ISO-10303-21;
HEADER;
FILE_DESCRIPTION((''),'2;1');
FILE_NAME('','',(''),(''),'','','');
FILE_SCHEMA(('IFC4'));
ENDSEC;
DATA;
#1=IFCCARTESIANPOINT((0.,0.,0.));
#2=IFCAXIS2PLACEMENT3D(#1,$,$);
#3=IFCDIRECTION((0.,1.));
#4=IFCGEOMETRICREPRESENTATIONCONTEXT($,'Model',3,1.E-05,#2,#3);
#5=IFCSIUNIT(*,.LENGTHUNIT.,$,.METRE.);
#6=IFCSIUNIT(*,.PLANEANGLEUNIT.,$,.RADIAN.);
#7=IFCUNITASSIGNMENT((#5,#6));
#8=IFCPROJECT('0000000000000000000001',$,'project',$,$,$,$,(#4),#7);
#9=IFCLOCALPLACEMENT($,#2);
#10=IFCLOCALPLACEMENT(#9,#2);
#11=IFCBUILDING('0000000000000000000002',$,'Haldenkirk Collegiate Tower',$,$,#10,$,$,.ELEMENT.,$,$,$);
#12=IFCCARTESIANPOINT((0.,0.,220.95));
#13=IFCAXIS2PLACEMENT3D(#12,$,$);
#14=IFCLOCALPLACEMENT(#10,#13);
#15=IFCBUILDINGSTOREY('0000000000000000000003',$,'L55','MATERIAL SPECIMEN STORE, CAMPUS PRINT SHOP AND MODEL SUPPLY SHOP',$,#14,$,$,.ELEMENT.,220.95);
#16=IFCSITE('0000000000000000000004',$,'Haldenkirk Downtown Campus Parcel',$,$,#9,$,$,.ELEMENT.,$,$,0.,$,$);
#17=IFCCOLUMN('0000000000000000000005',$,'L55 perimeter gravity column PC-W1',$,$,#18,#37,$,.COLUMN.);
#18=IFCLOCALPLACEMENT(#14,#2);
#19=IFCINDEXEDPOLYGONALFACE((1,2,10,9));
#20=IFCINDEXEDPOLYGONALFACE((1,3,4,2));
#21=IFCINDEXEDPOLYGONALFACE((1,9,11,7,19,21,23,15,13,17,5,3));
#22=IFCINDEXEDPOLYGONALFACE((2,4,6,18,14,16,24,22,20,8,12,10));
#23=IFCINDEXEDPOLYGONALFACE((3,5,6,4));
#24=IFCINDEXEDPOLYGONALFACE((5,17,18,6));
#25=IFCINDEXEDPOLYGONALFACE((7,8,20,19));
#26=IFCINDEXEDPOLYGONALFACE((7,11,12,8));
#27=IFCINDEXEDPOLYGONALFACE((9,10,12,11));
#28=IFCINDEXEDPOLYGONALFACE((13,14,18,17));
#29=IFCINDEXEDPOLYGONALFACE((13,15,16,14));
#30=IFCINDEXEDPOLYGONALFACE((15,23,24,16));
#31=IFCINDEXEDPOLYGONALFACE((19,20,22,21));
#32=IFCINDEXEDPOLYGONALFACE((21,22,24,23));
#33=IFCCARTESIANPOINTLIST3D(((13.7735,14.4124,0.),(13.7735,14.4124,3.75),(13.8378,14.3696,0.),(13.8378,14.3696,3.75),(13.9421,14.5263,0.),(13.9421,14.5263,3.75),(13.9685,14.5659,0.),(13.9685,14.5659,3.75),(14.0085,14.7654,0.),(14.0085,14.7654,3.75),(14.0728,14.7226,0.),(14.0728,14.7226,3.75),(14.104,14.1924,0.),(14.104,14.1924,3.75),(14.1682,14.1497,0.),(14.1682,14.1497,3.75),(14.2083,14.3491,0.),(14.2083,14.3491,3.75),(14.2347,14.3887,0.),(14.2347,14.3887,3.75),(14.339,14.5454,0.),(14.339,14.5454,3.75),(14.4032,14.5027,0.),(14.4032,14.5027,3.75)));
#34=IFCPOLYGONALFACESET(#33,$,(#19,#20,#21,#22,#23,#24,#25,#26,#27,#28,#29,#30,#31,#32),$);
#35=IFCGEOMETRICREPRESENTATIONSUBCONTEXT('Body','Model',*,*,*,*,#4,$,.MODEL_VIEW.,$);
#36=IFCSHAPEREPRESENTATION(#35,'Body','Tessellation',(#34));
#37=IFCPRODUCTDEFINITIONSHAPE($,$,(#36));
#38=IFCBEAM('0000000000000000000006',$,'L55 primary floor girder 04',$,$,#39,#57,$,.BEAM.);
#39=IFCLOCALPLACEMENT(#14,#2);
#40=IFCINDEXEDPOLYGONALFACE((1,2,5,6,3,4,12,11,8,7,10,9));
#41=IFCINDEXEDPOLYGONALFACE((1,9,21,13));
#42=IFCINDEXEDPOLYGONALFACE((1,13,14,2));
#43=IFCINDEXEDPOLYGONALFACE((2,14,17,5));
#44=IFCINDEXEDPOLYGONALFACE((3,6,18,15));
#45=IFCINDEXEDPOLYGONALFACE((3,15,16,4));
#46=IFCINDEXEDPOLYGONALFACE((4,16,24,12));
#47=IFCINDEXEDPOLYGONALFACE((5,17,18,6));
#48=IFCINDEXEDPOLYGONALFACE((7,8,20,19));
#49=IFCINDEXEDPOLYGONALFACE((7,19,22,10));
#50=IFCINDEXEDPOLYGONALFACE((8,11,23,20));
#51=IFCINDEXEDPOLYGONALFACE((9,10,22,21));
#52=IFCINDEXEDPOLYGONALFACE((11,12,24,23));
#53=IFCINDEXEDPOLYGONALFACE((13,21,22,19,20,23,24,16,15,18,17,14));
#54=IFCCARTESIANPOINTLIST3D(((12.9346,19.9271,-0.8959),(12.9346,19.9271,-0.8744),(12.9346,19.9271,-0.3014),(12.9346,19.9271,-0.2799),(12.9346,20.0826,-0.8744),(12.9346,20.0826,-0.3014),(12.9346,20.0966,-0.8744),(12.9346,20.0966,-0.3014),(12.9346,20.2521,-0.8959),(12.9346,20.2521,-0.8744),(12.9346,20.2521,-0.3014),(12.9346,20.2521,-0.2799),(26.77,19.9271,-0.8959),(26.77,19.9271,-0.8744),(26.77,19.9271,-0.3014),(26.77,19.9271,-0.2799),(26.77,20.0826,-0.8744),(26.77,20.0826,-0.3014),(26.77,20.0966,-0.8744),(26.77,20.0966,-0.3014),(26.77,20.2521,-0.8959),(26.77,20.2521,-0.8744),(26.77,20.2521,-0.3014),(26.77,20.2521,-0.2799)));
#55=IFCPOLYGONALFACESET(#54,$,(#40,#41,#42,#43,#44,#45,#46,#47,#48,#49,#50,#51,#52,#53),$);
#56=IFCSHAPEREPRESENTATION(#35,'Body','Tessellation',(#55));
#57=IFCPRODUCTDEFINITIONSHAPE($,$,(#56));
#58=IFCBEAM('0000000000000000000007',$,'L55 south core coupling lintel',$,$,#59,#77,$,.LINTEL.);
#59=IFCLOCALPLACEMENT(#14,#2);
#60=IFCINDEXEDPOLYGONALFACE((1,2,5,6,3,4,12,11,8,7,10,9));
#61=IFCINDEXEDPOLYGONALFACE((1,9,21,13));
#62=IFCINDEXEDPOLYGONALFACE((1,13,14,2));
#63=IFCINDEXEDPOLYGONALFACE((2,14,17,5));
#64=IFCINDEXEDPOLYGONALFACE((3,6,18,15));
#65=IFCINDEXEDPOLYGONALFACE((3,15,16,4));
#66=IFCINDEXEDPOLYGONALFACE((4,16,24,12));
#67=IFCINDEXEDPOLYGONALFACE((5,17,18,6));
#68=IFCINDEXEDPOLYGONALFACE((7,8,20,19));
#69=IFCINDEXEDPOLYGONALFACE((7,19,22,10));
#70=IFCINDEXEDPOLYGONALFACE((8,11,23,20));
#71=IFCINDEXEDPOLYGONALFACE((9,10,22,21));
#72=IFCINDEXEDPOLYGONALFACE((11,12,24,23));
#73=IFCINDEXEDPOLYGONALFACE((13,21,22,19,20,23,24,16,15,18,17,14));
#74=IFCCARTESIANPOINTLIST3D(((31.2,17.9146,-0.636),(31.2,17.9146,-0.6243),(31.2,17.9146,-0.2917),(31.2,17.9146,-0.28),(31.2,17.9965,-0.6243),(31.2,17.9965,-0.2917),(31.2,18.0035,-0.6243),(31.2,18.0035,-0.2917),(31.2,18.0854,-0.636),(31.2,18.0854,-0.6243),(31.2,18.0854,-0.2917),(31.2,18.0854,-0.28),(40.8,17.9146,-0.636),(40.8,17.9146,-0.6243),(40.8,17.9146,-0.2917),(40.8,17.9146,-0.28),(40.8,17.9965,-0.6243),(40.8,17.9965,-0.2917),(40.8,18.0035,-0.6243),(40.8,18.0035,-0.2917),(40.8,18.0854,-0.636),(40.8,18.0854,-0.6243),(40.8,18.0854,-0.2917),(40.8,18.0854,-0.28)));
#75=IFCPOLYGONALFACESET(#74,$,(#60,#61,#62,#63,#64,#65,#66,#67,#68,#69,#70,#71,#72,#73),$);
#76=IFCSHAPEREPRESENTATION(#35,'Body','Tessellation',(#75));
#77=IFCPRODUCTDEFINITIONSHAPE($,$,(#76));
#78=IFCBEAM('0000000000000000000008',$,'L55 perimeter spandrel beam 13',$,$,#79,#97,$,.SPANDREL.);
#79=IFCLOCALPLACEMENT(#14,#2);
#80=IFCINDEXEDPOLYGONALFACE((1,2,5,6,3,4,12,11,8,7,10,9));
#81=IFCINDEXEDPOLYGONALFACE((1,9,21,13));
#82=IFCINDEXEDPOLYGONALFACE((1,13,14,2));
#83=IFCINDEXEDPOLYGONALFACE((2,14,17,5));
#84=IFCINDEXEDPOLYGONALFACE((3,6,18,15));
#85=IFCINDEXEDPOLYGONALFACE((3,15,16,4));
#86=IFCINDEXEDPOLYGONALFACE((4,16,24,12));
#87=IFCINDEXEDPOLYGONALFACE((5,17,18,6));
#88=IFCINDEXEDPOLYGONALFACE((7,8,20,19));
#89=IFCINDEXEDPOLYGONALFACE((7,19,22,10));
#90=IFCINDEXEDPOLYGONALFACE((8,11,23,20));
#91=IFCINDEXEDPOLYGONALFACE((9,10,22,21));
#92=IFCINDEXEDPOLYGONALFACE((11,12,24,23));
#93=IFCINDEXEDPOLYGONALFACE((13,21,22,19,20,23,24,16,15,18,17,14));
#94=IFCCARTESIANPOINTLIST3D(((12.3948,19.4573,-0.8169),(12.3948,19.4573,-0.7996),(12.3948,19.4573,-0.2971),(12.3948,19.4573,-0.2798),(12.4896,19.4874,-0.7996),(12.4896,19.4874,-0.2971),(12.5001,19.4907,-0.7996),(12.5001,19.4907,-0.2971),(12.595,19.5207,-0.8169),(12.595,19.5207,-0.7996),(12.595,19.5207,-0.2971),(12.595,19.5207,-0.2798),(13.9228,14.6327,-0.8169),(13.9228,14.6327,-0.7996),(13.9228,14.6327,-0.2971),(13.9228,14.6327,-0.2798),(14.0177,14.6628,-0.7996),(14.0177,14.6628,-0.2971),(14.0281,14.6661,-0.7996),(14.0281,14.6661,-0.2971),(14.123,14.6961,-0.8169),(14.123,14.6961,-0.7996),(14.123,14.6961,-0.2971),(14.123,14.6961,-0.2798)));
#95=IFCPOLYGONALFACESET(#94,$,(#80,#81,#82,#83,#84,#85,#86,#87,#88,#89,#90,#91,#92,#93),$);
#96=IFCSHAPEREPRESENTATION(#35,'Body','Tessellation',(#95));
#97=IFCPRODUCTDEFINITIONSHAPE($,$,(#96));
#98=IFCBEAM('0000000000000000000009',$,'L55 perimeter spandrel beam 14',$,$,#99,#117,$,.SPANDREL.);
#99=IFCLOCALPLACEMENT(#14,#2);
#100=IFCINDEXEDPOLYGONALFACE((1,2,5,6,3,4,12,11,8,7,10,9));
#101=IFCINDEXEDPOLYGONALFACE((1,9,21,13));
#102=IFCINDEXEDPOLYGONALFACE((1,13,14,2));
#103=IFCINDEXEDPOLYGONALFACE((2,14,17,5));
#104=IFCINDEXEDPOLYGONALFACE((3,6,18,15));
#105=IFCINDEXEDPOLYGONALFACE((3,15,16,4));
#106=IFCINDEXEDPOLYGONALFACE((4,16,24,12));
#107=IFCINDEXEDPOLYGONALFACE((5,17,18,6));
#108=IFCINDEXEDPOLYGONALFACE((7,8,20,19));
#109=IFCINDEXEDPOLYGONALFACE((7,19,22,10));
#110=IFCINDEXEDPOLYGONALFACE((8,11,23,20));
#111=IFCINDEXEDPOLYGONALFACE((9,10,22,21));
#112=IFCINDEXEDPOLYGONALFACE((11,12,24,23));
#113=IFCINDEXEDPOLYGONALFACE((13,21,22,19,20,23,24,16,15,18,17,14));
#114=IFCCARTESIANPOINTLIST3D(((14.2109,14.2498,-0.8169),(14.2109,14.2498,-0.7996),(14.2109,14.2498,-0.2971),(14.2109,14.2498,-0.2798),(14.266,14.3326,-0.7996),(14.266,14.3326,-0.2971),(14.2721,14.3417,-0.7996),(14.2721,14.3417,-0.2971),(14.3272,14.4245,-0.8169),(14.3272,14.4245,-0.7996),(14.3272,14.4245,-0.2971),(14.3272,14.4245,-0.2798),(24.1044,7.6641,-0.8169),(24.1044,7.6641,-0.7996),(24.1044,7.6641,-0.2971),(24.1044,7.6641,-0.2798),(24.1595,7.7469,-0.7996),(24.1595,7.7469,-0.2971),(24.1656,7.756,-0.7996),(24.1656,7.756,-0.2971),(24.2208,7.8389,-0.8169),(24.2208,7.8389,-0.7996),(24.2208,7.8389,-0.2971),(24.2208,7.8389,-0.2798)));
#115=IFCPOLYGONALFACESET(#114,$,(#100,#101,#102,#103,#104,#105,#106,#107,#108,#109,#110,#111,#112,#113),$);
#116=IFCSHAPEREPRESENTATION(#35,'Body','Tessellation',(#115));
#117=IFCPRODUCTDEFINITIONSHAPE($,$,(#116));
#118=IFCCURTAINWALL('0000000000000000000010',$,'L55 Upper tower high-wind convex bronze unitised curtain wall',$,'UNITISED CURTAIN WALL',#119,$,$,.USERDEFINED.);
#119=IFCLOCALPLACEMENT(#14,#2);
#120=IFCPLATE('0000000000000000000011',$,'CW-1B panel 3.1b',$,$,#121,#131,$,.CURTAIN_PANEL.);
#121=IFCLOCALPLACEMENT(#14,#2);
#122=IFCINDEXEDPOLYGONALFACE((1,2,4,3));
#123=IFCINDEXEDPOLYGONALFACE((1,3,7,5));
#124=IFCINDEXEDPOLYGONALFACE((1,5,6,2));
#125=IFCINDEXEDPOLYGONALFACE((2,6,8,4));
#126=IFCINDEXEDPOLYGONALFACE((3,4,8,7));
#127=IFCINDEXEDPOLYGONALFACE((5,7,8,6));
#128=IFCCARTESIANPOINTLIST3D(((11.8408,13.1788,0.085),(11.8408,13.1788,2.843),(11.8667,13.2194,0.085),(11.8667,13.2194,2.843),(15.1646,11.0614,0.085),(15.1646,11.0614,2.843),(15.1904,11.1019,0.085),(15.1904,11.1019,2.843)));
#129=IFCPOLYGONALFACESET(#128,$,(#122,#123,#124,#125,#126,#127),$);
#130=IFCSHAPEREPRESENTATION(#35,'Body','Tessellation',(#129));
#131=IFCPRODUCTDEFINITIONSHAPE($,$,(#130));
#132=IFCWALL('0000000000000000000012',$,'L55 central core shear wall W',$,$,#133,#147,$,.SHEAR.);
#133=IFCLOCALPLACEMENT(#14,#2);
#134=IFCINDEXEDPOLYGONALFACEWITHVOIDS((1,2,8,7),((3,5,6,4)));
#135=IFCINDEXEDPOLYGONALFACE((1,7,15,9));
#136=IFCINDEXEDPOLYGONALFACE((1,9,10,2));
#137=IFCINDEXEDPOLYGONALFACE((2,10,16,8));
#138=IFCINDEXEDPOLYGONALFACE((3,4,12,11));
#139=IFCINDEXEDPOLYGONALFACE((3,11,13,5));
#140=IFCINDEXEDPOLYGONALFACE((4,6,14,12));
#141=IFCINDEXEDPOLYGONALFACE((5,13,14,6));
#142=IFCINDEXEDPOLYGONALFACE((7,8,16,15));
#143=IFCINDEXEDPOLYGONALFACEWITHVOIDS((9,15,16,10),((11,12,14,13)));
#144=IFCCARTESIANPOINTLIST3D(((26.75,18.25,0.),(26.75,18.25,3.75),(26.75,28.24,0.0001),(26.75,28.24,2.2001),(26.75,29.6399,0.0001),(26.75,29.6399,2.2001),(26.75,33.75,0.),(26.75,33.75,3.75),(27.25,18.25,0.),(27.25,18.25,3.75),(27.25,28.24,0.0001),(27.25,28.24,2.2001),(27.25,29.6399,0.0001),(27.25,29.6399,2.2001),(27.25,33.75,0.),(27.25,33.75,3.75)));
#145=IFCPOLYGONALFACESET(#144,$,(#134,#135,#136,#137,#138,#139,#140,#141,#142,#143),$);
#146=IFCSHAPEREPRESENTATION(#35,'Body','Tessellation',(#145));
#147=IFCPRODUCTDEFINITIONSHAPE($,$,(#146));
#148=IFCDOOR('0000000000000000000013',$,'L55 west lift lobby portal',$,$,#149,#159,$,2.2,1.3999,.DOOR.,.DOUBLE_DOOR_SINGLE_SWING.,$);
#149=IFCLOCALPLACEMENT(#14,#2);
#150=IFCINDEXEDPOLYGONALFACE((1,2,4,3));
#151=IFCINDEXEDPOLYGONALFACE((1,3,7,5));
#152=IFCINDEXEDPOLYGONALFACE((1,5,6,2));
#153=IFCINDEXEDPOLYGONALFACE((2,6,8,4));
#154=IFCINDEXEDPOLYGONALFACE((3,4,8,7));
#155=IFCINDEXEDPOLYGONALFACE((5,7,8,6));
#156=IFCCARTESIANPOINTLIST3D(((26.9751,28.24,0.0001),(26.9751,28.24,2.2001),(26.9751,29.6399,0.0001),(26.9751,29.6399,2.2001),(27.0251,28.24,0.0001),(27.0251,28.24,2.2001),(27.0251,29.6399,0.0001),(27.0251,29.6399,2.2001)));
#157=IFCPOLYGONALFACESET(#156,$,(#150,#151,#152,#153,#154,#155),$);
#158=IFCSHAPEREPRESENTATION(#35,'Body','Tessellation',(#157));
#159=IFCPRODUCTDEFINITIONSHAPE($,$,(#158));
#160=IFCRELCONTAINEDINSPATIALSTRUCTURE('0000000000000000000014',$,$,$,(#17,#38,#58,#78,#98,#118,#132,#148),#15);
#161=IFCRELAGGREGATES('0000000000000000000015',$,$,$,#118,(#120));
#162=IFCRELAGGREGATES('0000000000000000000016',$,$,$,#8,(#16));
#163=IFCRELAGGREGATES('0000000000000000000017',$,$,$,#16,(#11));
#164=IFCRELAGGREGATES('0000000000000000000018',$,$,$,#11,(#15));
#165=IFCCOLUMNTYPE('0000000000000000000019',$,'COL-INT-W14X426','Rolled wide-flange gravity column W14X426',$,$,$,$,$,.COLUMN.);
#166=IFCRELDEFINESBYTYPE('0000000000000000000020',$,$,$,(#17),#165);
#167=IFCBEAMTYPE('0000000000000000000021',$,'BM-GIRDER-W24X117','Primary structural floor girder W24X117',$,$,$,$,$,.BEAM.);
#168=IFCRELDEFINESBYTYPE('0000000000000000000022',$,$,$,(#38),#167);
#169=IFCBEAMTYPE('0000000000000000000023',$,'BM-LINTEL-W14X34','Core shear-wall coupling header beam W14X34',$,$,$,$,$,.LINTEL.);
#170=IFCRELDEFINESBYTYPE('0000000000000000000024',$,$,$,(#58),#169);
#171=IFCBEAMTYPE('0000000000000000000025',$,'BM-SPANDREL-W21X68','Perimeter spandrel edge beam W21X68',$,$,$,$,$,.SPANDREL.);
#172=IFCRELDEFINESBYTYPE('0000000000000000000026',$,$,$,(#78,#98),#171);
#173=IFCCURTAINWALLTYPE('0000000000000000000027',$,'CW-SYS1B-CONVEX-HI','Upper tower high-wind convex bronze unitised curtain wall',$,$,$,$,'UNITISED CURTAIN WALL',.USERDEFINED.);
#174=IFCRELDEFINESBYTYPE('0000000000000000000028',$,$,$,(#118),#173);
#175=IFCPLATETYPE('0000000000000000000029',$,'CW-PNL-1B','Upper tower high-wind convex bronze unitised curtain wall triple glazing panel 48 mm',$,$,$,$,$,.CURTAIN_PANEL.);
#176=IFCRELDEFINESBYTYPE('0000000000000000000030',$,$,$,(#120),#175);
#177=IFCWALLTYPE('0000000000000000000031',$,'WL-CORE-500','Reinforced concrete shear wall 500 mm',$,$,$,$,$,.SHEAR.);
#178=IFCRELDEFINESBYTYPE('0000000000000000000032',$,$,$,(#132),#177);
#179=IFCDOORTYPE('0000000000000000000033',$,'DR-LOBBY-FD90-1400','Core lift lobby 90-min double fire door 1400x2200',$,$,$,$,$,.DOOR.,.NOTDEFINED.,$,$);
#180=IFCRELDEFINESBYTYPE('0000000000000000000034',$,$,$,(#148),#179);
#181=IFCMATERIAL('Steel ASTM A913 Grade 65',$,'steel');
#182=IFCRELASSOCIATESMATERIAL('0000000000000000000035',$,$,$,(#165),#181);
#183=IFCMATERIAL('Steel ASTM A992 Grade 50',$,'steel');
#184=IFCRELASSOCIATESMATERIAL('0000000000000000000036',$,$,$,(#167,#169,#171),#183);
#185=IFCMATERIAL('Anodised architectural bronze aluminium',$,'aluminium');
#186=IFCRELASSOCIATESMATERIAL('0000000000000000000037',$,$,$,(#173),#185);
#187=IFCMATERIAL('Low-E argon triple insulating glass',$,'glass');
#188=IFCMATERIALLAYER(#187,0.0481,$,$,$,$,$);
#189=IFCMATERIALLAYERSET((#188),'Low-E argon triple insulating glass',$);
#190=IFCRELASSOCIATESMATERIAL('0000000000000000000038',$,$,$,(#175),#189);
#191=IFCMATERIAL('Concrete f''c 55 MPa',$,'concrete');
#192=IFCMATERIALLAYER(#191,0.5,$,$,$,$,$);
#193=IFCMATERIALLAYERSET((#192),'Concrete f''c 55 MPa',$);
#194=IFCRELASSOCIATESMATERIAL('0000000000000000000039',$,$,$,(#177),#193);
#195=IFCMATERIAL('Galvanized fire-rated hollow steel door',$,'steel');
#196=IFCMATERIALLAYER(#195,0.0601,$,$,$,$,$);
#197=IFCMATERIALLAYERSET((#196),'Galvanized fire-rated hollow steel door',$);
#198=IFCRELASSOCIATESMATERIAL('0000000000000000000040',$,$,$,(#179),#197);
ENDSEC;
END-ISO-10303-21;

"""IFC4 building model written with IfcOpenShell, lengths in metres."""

from ifc_helpers import new_model, si_unit, direction, frame, frame_2d, origin, origin_2d, place, context, subcontext, project, spatial, rectangle, i_section, extrude, source, transform, mapped, material, layer, layer_set, material_profile, profile_set, type_object, element, fill, aggregate, save


model = new_model("IFC4")

# Units and contexts
model_context = context("Model", 3, precision=1e-05, world=origin(), true_north=direction((0.0, 1.0)))
body_context = subcontext(model_context, "Body", "Model", "MODEL_VIEW")
ifc_project = project(units=[si_unit("LENGTHUNIT", "METRE"), si_unit("PLANEANGLEUNIT", "RADIAN")], contexts=[model_context])

# Site, building, storey
site_placement = place(None, origin())
site = spatial("IfcSite", under=ifc_project, at=site_placement, Name="Haldenkirk Downtown Campus Parcel", CompositionType="ELEMENT", RefElevation=0.0)
building_placement = place(site_placement, origin())
building = spatial("IfcBuilding", under=site, at=building_placement, Name="Haldenkirk Collegiate Tower", CompositionType="ELEMENT")
storey_placement = place(building_placement, frame((0.0, 0.0, 220.95)))
storey = spatial("IfcBuildingStorey", under=building, at=storey_placement, Name="L55", Description="MATERIAL SPECIMEN STORE, CAMPUS PRINT SHOP AND MODEL SUPPLY SHOP", CompositionType="ELEMENT", Elevation=220.95)

# Column
ifc_material_1 = material(Name="Steel ASTM A913 Grade 65", Category="steel")
ifc_material_profile_1 = material_profile(ifc_material_1, i_section(OverallWidth=0.4241, OverallDepth=0.4741, WebThickness=0.0476, FlangeThickness=0.0771, at=origin_2d()), Name="W14X426")
ifc_profile_set_1 = profile_set([ifc_material_profile_1], Name="Steel ASTM A913 Grade 65")
column_type = type_object("IfcColumnType", Name="COL-INT-W14X426", Description="Rolled wide-flange gravity column W14X426", PredefinedType="COLUMN", material=ifc_profile_set_1)
column_placement = place(storey_placement, frame((14.0884, 14.4575, 0.0), z_axis=(0.0, 0.0, 1.0), x_axis=(0.554118, 0.832438, 0.0)))
element("IfcColumn", 1, at=column_placement, inside=storey, type_object=column_type, Name="L55 perimeter gravity column PC-W1", PredefinedType="COLUMN", context=body_context, shape_type="SweptSolid", body=[
    extrude(i_section(OverallWidth=0.4241, OverallDepth=0.4741, WebThickness=0.0476, FlangeThickness=0.0771, at=origin_2d()), origin(), (0.0, 0.0, 1.0), 3.75),
])

# Beams
ifc_material_2 = material(Name="Steel ASTM A992 Grade 50", Category="steel")
ifc_material_profile_2 = material_profile(ifc_material_2, i_section(OverallWidth=0.325, OverallDepth=0.616, WebThickness=0.0139, FlangeThickness=0.0215, at=origin_2d()), Name="W24X117")
ifc_profile_set_2 = profile_set([ifc_material_profile_2], Name="Steel ASTM A992 Grade 50")
beam_type_1 = type_object("IfcBeamType", Name="BM-GIRDER-W24X117", Description="Primary structural floor girder W24X117", PredefinedType="BEAM", material=ifc_profile_set_2)
beam_1_placement = place(storey_placement, frame((12.9346, 20.0896, -0.5879), z_axis=(1.0, 0.0, 0.0), x_axis=(0.0, 1.0, 0.0)))
element("IfcBeam", 2, at=beam_1_placement, inside=storey, type_object=beam_type_1, Name="L55 primary floor girder 04", PredefinedType="BEAM", context=body_context, shape_type="SweptSolid", body=[
    extrude(i_section(OverallWidth=0.325, OverallDepth=0.616, WebThickness=0.0139, FlangeThickness=0.0215, at=origin_2d()), origin(), (0.0, 0.0, 1.0), 13.8354),
])
ifc_material_profile_3 = material_profile(ifc_material_2, i_section(OverallWidth=0.1709, OverallDepth=0.356, WebThickness=0.0071, FlangeThickness=0.0117, at=origin_2d()), Name="W14X34")
ifc_profile_set_3 = profile_set([ifc_material_profile_3], Name="Steel ASTM A992 Grade 50")
beam_type_2 = type_object("IfcBeamType", Name="BM-LINTEL-W14X34", Description="Core shear-wall coupling header beam W14X34", PredefinedType="LINTEL", material=ifc_profile_set_3)
beam_2_placement = place(storey_placement, frame((31.2, 18.0, -0.458), z_axis=(1.0, 0.0, 0.0), x_axis=(0.0, 1.0, 0.0)))
element("IfcBeam", 3, at=beam_2_placement, inside=storey, type_object=beam_type_2, Name="L55 south core coupling lintel", PredefinedType="LINTEL", context=body_context, shape_type="SweptSolid", body=[
    extrude(i_section(OverallWidth=0.1709, OverallDepth=0.356, WebThickness=0.0071, FlangeThickness=0.0117, at=origin_2d()), origin(), (0.0, 0.0, 1.0), 9.6001),
])
ifc_material_profile_4 = material_profile(ifc_material_2, i_section(OverallWidth=0.21, OverallDepth=0.5371, WebThickness=0.011, FlangeThickness=0.0173, at=origin_2d()), Name="W21X68")
ifc_profile_set_4 = profile_set([ifc_material_profile_4], Name="Steel ASTM A992 Grade 50")
beam_type_3 = type_object("IfcBeamType", Name="BM-SPANDREL-W21X68", Description="Perimeter spandrel edge beam W21X68", PredefinedType="SPANDREL", material=ifc_profile_set_4)
beam_3_placement = place(storey_placement, frame((12.4949, 19.489, -0.5483), z_axis=(0.301937, -0.953328, 0.0), x_axis=(0.953328, 0.301937, 0.0)))
element("IfcBeam", 4, at=beam_3_placement, inside=storey, type_object=beam_type_3, Name="L55 perimeter spandrel beam 13", PredefinedType="SPANDREL", context=body_context, shape_type="SweptSolid", body=[
    extrude(i_section(OverallWidth=0.21, OverallDepth=0.5371, WebThickness=0.011, FlangeThickness=0.0173, at=origin_2d()), origin(), (0.0, 0.0, 1.0), 5.0608),
])
beam_4_placement = place(storey_placement, frame((14.269, 14.3372, -0.5483), z_axis=(0.832439, -0.554117, 0.0), x_axis=(0.554117, 0.832439, 0.0)))
element("IfcBeam", 5, at=beam_4_placement, inside=storey, type_object=beam_type_3, Name="L55 perimeter spandrel beam 14", PredefinedType="SPANDREL", context=body_context, shape_type="SweptSolid", body=[
    extrude(i_section(OverallWidth=0.21, OverallDepth=0.5371, WebThickness=0.011, FlangeThickness=0.0173, at=origin_2d()), origin(), (0.0, 0.0, 1.0), 11.885),
])

# Curtain wall, plate
ifc_material_3 = material(Name="Anodised architectural bronze aluminium", Category="aluminium")
curtain_wall_type = type_object("IfcCurtainWallType", Name="CW-SYS1B-CONVEX-HI", Description="Upper tower high-wind convex bronze unitised curtain wall", ElementType="UNITISED CURTAIN WALL", PredefinedType="USERDEFINED", material=ifc_material_3)
curtain_wall_placement = place(storey_placement, origin())
curtain_wall = element("IfcCurtainWall", 6, at=curtain_wall_placement, inside=storey, type_object=curtain_wall_type, Name="L55 Upper tower high-wind convex bronze unitised curtain wall", ObjectType="UNITISED CURTAIN WALL", PredefinedType="USERDEFINED")
ifc_material_4 = material(Name="Low-E argon triple insulating glass", Category="glass")
ifc_layer_1 = layer(ifc_material_4, 0.0481)
ifc_layer_set_1 = layer_set([ifc_layer_1], Name="Low-E argon triple insulating glass")
plate_type = type_object("IfcPlateType", Name="CW-PNL-1B", Description="Upper tower high-wind convex bronze unitised curtain wall triple glazing panel 48 mm", PredefinedType="CURTAIN_PANEL", material=ifc_layer_set_1)
shared_shape = source(origin(), body_context, "Body", "SweptSolid", [
    extrude(rectangle(XDim=3.9409, YDim=0.0481, at=origin_2d()), origin(), (0.0, 0.0, 1.0), 2.7581),
])
plate_placement = place(storey_placement, frame((13.5156, 12.1404, 0.085), z_axis=(0.0, 0.0, 1.0), x_axis=(-0.843391, 0.537301, 0.0)))
plate = element("IfcPlate", 7, at=plate_placement, type_object=plate_type, Name="CW-1B panel 3.1b", PredefinedType="CURTAIN_PANEL", context=body_context, shape_type="MappedRepresentation", body=[
    mapped(shared_shape, transform((0.0, 0.0, 0.0), x_axis=(1.0, 0.0, 0.0), y_axis=(0.0, 1.0, 0.0), z_axis=(0.0, 0.0, 1.0), scale=1.0)),
])
aggregate(curtain_wall, [plate])

# Shared definitions
ifc_material_5 = material(Name="Concrete f'c 55 MPa", Category="concrete")
ifc_layer_2 = layer(ifc_material_5, 0.5)
ifc_layer_set_2 = layer_set([ifc_layer_2], Name="Concrete f'c 55 MPa")
wall_type_1 = type_object("IfcWallType", Name="WL-CORE-500", Description="Reinforced concrete shear wall 500 mm", PredefinedType="SHEAR", material=ifc_layer_set_2)
ifc_material_6 = material(Name="Galvanized fire-rated hollow steel door", Category="steel")

# Wall, opening, door
wall_1_placement = place(storey_placement, frame((27.0, 18.25, 0.0), z_axis=(0.0, 0.0, 1.0), x_axis=(0.0, 1.0, 0.0)))
wall_1 = element("IfcWall", 8, at=wall_1_placement, inside=storey, type_object=wall_type_1, Name="L55 central core shear wall W", PredefinedType="SHEAR", context=body_context, shape_type="SweptSolid", body=[
    extrude(rectangle(XDim=15.5, YDim=0.5, at=frame_2d((7.75, 0.0))), origin(), (0.0, 0.0, 1.0), 3.75),
])
opening_1_placement = place(wall_1_placement, frame((9.99, 0.0, 0.0)))
opening_1 = element("IfcOpeningElement", 9, at=opening_1_placement, cuts=wall_1, PredefinedType="OPENING", context=body_context, shape_type="SweptSolid", body=[
    extrude(rectangle(XDim=1.3999, YDim=2.2, at=frame_2d((0.7, 1.1001))), frame((0.0, 0.26, 0.0), z_axis=(0.0, -1.0, 0.0), x_axis=(1.0, 0.0, 0.0)), (0.0, 0.0, 1.0), 0.52),
])
ifc_layer_3 = layer(ifc_material_6, 0.0601)
ifc_layer_set_3 = layer_set([ifc_layer_3], Name="Galvanized fire-rated hollow steel door")
door_type_1 = type_object("IfcDoorType", Name="DR-LOBBY-FD90-1400", Description="Core lift lobby 90-min double fire door 1400x2200", OperationType="NOTDEFINED", PredefinedType="DOOR", material=ifc_layer_set_3)
door_1_placement = place(opening_1_placement, origin())
door_1 = element("IfcDoor", 10, at=door_1_placement, inside=storey, type_object=door_type_1, Name="L55 west lift lobby portal", OperationType="DOUBLE_DOOR_SINGLE_SWING", OverallHeight=2.2, OverallWidth=1.3999, PredefinedType="DOOR", context=body_context, shape_type="SweptSolid", body=[
    extrude(rectangle(XDim=1.3999, YDim=2.2, at=frame_2d((0.7, 1.1001))), frame((0.0, 0.0249, 0.0), z_axis=(0.0, -1.0, 0.0), x_axis=(1.0, 0.0, 0.0)), (0.0, 0.0, 1.0), 0.05),
])
fill(opening_1, door_1)

save(model, "model.ifc")
